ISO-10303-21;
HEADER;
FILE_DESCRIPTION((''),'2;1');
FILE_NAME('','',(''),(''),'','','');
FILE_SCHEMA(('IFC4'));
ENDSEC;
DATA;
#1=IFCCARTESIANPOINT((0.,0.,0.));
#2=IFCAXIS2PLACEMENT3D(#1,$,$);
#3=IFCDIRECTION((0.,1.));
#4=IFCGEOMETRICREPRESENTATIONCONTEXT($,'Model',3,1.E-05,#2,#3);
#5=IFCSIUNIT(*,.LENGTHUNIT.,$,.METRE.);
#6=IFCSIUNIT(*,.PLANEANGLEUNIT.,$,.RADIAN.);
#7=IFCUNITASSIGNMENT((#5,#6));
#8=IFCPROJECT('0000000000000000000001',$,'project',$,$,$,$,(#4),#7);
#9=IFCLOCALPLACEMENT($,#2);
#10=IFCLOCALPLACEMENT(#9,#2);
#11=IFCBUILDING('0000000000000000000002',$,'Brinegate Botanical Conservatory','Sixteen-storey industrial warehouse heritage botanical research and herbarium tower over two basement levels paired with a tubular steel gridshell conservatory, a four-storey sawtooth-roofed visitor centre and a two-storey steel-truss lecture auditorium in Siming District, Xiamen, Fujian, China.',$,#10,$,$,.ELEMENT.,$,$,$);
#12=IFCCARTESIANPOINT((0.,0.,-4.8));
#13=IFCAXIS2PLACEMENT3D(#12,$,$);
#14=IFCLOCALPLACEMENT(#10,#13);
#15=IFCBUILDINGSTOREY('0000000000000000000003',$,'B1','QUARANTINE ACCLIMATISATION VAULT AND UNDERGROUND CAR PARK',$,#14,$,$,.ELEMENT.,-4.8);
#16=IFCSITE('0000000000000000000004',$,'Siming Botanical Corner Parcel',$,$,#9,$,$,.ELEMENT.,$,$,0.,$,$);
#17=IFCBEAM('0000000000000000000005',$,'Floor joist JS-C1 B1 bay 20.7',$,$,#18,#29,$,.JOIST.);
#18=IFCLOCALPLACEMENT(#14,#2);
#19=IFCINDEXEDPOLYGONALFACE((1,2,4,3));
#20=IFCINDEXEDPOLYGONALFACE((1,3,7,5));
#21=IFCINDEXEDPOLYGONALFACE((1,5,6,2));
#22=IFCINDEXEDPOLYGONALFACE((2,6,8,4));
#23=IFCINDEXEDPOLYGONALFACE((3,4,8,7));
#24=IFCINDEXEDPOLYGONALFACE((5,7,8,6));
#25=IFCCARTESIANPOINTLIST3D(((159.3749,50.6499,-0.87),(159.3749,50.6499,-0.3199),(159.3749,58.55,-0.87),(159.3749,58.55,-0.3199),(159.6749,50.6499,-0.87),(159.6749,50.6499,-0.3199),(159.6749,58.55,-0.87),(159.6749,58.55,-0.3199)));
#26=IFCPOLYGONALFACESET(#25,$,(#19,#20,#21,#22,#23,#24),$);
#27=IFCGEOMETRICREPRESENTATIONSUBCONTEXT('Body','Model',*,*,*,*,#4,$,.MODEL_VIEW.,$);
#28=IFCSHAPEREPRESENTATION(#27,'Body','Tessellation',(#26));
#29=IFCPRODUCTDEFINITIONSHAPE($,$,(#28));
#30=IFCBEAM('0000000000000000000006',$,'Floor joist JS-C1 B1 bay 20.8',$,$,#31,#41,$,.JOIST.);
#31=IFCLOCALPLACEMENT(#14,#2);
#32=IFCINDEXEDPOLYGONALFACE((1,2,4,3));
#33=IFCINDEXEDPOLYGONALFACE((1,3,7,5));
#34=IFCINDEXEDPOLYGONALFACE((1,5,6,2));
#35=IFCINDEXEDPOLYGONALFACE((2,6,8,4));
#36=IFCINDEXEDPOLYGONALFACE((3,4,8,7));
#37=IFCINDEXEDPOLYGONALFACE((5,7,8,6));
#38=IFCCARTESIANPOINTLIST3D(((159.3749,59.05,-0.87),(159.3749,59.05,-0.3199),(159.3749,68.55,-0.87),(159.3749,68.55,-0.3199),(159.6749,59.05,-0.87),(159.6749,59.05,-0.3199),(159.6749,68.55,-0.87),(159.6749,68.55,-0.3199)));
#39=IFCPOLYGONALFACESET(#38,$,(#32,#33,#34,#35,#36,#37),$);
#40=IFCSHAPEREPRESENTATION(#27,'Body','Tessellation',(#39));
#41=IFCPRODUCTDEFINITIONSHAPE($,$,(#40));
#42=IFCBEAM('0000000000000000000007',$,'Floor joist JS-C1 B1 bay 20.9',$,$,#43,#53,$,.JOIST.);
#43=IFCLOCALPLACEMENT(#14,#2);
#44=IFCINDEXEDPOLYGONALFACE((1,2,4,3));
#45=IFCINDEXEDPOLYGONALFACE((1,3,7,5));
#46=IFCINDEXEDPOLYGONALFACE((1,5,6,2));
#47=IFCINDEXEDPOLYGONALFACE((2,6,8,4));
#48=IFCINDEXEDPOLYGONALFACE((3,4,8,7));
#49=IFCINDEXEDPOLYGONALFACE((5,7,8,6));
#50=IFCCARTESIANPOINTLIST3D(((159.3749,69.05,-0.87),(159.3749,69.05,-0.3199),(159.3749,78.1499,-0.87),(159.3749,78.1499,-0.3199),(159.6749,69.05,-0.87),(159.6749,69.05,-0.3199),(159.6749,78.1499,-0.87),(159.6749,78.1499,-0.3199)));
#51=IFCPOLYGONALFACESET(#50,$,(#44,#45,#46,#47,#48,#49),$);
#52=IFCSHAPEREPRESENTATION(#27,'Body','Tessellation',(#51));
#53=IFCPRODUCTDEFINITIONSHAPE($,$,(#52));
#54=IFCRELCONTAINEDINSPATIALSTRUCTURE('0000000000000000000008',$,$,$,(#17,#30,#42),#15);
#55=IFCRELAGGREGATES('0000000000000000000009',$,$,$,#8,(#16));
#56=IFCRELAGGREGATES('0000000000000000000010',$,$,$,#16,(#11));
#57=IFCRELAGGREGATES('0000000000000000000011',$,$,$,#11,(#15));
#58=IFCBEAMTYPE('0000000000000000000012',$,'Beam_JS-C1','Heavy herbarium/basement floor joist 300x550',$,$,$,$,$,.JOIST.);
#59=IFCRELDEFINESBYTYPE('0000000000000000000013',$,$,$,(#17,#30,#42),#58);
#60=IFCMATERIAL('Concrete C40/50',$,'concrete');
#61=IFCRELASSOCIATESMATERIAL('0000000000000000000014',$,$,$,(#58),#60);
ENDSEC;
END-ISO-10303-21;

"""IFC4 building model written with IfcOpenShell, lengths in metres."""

from ifc_helpers import new_model, si_unit, direction, frame, origin, origin_2d, place, context, subcontext, project, spatial, rectangle, extrude, material, material_profile, profile_set, type_object, element, save


model = new_model("IFC4")

# Units and contexts
model_context = context("Model", 3, precision=1e-05, world=origin(), true_north=direction((0.0, 1.0)))
body_context = subcontext(model_context, "Body", "Model", "MODEL_VIEW")
ifc_project = project(units=[si_unit("LENGTHUNIT", "METRE"), si_unit("PLANEANGLEUNIT", "RADIAN")], contexts=[model_context])

# Site, building, storey
site_placement = place(None, origin())
site = spatial("IfcSite", under=ifc_project, at=site_placement, Name="Siming Botanical Corner Parcel", CompositionType="ELEMENT", RefElevation=0.0)
building_placement = place(site_placement, origin())
building = spatial("IfcBuilding", under=site, at=building_placement, Name="Brinegate Botanical Conservatory", Description="Sixteen-storey industrial warehouse heritage botanical research and herbarium tower over two basement levels paired with a tubular steel gridshell conservatory, a four-storey sawtooth-roofed visitor centre and a two-storey steel-truss lecture auditorium in Siming District, Xiamen, Fujian, China.", CompositionType="ELEMENT")
storey_placement = place(building_placement, frame((0.0, 0.0, -4.8)))
storey = spatial("IfcBuildingStorey", under=building, at=storey_placement, Name="B1", Description="QUARANTINE ACCLIMATISATION VAULT AND UNDERGROUND CAR PARK", CompositionType="ELEMENT", Elevation=-4.8)

# Shared definitions
ifc_material = material(Name="Concrete C40/50", Category="concrete")

# Beams
ifc_material_profile_1 = material_profile(ifc_material, rectangle(XDim=0.3, YDim=0.55, at=origin_2d()), Name="RC JST 300x550")
ifc_profile_set_1 = profile_set([ifc_material_profile_1], Name="Concrete C40/50")
beam_type_1 = type_object("IfcBeamType", Name="Beam_JS-C1", Description="Heavy herbarium/basement floor joist 300x550", PredefinedType="JOIST", material=ifc_profile_set_1)
beam_1_placement = place(storey_placement, frame((159.5249, 50.6499, -0.595), z_axis=(0.0, 1.0, 0.0), x_axis=(-1.0, 0.0, 0.0)))
element("IfcBeam", 1, at=beam_1_placement, inside=storey, type_object=beam_type_1, Name="Floor joist JS-C1 B1 bay 20.7", PredefinedType="JOIST", context=body_context, shape_type="SweptSolid", body=[
    extrude(rectangle(XDim=0.3, YDim=0.55, at=origin_2d()), origin(), (0.0, 0.0, 1.0), 7.9001),
])
beam_2_placement = place(storey_placement, frame((159.5249, 59.05, -0.595), z_axis=(0.0, 1.0, 0.0), x_axis=(-1.0, 0.0, 0.0)))
element("IfcBeam", 2, at=beam_2_placement, inside=storey, type_object=beam_type_1, Name="Floor joist JS-C1 B1 bay 20.8", PredefinedType="JOIST", context=body_context, shape_type="SweptSolid", body=[
    extrude(rectangle(XDim=0.3, YDim=0.55, at=origin_2d()), origin(), (0.0, 0.0, 1.0), 9.5),
])
beam_3_placement = place(storey_placement, frame((159.5249, 69.05, -0.595), z_axis=(0.0, 1.0, 0.0), x_axis=(-1.0, 0.0, 0.0)))
element("IfcBeam", 3, at=beam_3_placement, inside=storey, type_object=beam_type_1, Name="Floor joist JS-C1 B1 bay 20.9", PredefinedType="JOIST", context=body_context, shape_type="SweptSolid", body=[
    extrude(rectangle(XDim=0.3, YDim=0.55, at=origin_2d()), origin(), (0.0, 0.0, 1.0), 9.0999),
])

save(model, "model.ifc")
